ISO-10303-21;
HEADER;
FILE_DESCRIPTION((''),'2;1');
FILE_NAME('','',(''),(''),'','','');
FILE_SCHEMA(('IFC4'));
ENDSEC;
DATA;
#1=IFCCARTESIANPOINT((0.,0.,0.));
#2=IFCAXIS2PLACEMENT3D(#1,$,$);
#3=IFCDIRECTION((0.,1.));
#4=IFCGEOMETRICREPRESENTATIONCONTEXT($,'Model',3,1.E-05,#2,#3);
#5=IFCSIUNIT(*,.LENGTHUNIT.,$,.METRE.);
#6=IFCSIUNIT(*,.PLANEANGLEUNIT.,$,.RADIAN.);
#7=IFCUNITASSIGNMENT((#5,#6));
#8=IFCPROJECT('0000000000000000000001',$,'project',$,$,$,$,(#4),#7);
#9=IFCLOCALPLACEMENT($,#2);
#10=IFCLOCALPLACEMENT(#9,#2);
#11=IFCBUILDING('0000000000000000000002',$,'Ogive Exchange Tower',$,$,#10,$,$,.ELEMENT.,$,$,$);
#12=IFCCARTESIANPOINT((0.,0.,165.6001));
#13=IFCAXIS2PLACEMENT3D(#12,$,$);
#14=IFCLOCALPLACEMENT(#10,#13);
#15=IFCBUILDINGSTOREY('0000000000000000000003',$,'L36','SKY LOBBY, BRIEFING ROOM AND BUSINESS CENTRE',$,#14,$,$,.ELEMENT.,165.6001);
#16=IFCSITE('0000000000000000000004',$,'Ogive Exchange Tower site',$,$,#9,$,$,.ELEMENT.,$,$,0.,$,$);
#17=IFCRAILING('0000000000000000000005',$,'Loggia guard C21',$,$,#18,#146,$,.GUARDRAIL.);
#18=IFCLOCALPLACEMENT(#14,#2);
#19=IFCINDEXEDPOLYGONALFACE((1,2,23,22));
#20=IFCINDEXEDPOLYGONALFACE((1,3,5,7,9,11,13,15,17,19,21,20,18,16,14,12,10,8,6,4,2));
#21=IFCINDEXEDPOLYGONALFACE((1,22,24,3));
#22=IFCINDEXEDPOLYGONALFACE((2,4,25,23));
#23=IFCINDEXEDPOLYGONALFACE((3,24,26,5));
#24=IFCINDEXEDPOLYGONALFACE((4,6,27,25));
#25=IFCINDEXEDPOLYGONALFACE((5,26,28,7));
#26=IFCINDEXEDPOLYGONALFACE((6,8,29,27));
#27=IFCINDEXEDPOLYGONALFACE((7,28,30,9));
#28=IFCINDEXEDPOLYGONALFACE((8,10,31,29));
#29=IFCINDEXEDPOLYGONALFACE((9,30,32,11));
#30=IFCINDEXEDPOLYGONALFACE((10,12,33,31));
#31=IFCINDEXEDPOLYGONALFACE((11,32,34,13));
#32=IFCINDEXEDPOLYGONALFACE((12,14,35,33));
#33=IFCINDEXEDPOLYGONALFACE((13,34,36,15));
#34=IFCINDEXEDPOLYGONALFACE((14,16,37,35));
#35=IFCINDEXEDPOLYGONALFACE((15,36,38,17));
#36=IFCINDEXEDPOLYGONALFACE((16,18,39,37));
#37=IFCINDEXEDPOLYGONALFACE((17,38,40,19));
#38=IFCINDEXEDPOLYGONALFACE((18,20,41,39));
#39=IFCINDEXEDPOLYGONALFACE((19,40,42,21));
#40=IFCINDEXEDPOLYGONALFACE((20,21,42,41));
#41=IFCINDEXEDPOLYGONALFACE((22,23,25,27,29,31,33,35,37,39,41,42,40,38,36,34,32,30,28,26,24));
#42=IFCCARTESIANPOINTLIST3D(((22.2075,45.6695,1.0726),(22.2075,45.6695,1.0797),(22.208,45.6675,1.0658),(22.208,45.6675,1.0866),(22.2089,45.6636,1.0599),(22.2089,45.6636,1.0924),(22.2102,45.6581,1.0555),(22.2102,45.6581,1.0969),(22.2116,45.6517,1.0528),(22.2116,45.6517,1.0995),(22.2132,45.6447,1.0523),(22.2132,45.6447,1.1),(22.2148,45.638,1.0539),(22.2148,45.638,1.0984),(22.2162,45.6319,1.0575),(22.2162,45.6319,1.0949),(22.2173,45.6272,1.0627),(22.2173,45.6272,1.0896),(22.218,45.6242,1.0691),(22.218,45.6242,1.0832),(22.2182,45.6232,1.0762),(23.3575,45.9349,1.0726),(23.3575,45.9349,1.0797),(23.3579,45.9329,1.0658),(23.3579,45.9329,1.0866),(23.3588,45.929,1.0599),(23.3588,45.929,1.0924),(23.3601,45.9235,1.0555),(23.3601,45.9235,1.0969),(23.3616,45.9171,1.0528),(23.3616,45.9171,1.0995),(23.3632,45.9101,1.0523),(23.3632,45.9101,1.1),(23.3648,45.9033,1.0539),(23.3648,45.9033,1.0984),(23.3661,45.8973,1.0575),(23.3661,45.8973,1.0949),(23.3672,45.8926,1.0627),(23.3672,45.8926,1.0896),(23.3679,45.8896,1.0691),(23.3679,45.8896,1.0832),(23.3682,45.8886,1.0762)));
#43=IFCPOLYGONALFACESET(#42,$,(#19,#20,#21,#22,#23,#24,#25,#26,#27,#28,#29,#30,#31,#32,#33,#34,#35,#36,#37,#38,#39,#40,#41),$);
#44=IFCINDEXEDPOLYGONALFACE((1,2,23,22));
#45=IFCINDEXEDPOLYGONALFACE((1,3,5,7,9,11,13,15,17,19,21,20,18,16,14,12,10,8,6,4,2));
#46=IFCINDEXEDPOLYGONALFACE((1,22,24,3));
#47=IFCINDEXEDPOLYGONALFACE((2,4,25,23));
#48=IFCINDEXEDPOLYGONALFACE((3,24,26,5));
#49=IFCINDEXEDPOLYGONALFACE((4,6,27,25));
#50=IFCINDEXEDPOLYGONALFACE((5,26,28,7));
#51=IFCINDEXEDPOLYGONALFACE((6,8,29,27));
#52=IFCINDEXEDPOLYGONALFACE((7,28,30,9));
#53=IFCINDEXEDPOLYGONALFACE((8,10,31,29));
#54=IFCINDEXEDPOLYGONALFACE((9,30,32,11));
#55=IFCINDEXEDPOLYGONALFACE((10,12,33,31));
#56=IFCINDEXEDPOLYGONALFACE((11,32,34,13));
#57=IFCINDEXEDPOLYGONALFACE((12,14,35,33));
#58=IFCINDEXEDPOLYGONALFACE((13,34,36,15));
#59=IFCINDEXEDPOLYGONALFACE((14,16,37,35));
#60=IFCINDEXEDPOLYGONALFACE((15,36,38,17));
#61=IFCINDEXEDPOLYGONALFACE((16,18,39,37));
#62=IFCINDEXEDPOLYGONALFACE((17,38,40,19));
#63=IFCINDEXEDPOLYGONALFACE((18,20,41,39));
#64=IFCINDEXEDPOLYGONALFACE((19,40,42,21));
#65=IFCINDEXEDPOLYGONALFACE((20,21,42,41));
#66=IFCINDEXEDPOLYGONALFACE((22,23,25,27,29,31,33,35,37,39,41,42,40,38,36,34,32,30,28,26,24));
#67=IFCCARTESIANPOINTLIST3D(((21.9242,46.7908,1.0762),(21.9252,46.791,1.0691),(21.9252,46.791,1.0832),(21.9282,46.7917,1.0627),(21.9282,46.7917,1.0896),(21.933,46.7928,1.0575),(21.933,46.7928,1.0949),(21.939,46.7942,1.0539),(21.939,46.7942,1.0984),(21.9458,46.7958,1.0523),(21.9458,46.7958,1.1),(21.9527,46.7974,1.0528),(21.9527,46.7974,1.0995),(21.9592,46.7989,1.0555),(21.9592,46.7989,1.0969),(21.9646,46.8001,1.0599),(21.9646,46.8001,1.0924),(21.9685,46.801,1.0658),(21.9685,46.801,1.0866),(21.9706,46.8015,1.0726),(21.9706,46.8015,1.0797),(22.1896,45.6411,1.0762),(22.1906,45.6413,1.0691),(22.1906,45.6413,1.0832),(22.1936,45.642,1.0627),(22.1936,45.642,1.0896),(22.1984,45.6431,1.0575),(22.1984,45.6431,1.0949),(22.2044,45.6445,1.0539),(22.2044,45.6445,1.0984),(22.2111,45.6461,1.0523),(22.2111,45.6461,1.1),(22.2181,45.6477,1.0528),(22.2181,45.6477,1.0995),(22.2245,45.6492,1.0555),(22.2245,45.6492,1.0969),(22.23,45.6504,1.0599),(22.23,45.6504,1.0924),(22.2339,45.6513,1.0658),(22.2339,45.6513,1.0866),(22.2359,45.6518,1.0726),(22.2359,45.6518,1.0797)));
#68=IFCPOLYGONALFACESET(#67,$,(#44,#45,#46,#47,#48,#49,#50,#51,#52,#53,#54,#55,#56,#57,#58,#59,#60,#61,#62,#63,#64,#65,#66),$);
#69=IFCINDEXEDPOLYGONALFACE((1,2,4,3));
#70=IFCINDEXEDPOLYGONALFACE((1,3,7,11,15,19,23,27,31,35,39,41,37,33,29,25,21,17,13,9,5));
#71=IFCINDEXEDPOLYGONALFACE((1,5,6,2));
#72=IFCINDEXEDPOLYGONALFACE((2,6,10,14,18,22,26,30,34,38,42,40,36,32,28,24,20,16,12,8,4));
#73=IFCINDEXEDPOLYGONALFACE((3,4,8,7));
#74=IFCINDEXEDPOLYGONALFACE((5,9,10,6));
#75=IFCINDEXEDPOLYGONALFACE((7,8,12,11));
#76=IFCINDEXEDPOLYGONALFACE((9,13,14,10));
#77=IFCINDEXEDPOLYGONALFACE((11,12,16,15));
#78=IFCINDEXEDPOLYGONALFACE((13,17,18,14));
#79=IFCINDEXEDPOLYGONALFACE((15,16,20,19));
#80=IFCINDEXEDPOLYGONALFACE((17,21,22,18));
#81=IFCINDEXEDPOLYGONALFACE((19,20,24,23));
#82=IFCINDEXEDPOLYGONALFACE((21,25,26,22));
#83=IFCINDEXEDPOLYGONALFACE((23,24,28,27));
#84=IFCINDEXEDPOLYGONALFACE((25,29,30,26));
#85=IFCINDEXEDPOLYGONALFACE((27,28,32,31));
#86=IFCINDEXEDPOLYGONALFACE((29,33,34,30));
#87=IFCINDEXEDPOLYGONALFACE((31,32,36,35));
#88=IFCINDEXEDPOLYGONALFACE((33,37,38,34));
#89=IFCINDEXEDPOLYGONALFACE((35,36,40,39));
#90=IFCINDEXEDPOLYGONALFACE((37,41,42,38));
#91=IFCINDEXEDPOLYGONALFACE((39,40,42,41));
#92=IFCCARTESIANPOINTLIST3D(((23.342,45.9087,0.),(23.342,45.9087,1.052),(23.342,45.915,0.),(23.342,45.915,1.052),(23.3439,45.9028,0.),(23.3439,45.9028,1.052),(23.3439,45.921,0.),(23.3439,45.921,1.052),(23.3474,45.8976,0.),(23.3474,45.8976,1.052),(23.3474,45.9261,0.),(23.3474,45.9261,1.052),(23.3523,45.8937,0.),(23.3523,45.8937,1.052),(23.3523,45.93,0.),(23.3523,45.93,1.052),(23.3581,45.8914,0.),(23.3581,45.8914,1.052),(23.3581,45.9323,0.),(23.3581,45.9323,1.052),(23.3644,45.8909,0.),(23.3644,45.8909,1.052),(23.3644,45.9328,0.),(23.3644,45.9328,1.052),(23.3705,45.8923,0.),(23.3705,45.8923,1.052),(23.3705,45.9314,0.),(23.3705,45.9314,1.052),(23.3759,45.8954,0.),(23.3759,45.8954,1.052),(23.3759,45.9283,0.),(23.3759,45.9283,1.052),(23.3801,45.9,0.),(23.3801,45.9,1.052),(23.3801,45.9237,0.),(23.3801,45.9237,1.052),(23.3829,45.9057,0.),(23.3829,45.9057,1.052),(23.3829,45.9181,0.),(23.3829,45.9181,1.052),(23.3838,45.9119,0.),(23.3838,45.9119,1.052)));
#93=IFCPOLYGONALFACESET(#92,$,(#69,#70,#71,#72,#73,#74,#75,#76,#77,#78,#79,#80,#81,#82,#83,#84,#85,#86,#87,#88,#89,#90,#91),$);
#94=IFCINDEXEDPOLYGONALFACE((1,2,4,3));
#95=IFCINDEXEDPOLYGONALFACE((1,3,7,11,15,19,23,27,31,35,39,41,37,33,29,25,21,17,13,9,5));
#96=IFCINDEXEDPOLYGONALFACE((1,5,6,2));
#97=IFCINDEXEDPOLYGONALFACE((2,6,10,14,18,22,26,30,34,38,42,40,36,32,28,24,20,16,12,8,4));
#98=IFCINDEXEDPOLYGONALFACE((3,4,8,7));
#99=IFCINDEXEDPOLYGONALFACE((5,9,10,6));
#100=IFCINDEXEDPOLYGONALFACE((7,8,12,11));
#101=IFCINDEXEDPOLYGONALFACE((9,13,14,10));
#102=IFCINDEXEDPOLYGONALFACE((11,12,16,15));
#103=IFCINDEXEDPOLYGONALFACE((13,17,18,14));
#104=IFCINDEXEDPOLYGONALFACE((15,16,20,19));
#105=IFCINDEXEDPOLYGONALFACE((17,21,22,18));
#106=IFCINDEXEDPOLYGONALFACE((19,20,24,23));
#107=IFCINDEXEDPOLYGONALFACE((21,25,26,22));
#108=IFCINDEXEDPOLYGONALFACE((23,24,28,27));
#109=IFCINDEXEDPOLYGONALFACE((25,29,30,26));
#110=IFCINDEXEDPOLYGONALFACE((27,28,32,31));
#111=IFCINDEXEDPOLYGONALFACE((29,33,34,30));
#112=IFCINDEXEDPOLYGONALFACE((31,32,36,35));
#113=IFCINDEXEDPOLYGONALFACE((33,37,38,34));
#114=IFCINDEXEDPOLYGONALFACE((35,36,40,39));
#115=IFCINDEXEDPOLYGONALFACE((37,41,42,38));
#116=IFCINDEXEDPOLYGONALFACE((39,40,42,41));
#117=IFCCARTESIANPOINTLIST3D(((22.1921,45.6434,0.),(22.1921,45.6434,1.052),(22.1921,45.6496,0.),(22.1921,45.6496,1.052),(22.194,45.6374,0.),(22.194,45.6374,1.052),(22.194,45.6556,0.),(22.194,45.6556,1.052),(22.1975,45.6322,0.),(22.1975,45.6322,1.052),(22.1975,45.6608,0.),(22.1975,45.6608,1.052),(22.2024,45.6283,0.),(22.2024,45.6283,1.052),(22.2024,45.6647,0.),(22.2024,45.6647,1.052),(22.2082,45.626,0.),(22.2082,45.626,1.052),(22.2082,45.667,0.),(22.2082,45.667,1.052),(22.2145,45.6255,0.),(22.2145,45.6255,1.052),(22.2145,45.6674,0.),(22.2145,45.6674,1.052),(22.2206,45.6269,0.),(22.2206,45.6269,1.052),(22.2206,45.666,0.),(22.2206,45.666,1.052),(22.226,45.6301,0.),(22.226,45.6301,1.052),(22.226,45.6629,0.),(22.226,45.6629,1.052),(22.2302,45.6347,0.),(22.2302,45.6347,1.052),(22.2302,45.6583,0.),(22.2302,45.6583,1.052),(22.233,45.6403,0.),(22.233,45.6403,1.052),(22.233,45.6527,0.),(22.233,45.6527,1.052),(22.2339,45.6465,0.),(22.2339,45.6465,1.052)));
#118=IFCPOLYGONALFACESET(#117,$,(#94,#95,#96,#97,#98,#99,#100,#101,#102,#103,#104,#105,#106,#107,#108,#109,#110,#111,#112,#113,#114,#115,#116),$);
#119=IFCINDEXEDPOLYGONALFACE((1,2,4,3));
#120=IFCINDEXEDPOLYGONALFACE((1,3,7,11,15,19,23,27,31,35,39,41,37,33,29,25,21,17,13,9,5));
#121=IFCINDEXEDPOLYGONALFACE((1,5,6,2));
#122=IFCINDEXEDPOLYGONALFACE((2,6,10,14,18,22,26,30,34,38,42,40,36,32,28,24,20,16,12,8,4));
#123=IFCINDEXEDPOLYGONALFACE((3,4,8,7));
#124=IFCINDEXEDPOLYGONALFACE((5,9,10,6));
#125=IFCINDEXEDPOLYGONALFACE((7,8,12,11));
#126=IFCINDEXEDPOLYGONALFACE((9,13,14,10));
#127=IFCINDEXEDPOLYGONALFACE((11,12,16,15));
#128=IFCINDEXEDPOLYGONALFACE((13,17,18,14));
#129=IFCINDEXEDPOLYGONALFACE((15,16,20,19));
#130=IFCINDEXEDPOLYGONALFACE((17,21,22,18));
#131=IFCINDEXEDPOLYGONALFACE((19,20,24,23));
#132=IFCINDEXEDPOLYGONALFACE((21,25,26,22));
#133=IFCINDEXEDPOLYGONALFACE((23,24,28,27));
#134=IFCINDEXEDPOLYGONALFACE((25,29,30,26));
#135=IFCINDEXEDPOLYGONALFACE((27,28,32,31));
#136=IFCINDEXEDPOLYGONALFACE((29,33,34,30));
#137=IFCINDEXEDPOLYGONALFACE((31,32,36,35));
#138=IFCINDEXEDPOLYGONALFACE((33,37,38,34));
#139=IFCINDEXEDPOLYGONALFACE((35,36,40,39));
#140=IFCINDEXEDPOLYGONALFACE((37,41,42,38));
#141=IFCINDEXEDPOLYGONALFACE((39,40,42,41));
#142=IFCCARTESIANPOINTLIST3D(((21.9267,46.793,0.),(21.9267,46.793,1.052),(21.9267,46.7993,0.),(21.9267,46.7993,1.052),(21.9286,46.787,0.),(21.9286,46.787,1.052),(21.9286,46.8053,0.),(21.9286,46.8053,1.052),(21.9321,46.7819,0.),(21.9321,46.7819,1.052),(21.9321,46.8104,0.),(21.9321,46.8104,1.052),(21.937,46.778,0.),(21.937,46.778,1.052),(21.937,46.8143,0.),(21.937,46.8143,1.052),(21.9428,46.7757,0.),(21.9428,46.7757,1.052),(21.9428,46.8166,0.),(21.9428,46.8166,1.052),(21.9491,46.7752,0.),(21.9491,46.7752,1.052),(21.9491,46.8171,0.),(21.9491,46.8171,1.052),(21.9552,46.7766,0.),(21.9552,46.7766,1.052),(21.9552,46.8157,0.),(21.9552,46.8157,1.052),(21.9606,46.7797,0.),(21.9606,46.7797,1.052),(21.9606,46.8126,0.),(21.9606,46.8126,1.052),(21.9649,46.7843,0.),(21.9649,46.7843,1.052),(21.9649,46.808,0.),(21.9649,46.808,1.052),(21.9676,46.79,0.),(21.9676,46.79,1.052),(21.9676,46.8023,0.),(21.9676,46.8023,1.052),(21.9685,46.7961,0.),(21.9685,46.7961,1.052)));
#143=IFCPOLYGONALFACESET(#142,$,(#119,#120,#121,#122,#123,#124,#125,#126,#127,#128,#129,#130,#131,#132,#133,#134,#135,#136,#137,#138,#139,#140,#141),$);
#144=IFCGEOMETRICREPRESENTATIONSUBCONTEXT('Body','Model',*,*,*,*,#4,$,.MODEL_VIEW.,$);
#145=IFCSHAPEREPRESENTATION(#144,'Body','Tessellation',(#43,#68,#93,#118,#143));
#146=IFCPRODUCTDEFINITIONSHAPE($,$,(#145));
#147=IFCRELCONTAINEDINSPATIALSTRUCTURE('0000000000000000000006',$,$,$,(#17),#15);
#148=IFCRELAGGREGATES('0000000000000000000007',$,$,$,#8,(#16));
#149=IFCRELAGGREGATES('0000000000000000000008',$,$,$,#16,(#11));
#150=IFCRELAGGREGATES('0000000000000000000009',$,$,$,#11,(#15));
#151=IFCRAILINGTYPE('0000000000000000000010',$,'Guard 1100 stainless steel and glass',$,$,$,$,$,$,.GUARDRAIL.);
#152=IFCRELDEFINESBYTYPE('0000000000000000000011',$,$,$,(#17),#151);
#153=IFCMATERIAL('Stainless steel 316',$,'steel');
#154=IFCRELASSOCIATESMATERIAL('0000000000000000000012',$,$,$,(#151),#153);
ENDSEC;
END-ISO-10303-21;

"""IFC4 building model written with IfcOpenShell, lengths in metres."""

from ifc_helpers import new_model, si_unit, direction, frame, origin, origin_2d, place, context, subcontext, project, spatial, circle, extrude, material, type_object, element, save


model = new_model("IFC4")

# Units and contexts
model_context = context("Model", 3, precision=1e-05, world=origin(), true_north=direction((0.0, 1.0)))
body_context = subcontext(model_context, "Body", "Model", "MODEL_VIEW")
ifc_project = project(units=[si_unit("LENGTHUNIT", "METRE"), si_unit("PLANEANGLEUNIT", "RADIAN")], contexts=[model_context])

# Site, building, storey
site_placement = place(None, origin())
site = spatial("IfcSite", under=ifc_project, at=site_placement, Name="Ogive Exchange Tower site", CompositionType="ELEMENT", RefElevation=0.0)
building_placement = place(site_placement, origin())
building = spatial("IfcBuilding", under=site, at=building_placement, Name="Ogive Exchange Tower", CompositionType="ELEMENT")
storey_placement = place(building_placement, frame((0.0, 0.0, 165.6001)))
storey = spatial("IfcBuildingStorey", under=building, at=storey_placement, Name="L36", Description="SKY LOBBY, BRIEFING ROOM AND BUSINESS CENTRE", CompositionType="ELEMENT", Elevation=165.6001)

# Railing
ifc_material_1 = material(Name="Stainless steel 316", Category="steel")
railing_type_1 = type_object("IfcRailingType", Name="Guard 1100 stainless steel and glass", PredefinedType="GUARDRAIL", material=ifc_material_1)
railing_1_placement = place(storey_placement, frame((23.3628, 45.9119, 0.0)))
element("IfcRailing", 1, at=railing_1_placement, inside=storey, type_object=railing_type_1, Name="Loggia guard C21", PredefinedType="GUARDRAIL", context=body_context, shape_type="SweptSolid", body=[
    extrude(circle(Radius=0.0239, at=origin_2d()), frame((0.0, 0.0, 1.0762), z_axis=(-0.974388, -0.224875, 0.0), x_axis=(0.224875, -0.974388, 0.0)), (0.0, 0.0, 1.0), 1.1802),
    extrude(circle(Radius=0.0239, at=origin_2d()), frame((-1.1499, -0.2654, 1.0762), z_axis=(-0.22492, 0.974377, 0.0), x_axis=(-0.974377, -0.22492, 0.0)), (0.0, 0.0, 1.0), 1.1799),
    extrude(circle(Radius=0.021, at=origin_2d()), origin(), (0.0, 0.0, 1.0), 1.052),
    extrude(circle(Radius=0.021, at=origin_2d()), frame((-1.1499, -0.2654, 0.0)), (0.0, 0.0, 1.0), 1.052),
    extrude(circle(Radius=0.021, at=origin_2d()), frame((-1.4153, 0.8843, 0.0)), (0.0, 0.0, 1.0), 1.052),
])

save(model, "model.ifc")
